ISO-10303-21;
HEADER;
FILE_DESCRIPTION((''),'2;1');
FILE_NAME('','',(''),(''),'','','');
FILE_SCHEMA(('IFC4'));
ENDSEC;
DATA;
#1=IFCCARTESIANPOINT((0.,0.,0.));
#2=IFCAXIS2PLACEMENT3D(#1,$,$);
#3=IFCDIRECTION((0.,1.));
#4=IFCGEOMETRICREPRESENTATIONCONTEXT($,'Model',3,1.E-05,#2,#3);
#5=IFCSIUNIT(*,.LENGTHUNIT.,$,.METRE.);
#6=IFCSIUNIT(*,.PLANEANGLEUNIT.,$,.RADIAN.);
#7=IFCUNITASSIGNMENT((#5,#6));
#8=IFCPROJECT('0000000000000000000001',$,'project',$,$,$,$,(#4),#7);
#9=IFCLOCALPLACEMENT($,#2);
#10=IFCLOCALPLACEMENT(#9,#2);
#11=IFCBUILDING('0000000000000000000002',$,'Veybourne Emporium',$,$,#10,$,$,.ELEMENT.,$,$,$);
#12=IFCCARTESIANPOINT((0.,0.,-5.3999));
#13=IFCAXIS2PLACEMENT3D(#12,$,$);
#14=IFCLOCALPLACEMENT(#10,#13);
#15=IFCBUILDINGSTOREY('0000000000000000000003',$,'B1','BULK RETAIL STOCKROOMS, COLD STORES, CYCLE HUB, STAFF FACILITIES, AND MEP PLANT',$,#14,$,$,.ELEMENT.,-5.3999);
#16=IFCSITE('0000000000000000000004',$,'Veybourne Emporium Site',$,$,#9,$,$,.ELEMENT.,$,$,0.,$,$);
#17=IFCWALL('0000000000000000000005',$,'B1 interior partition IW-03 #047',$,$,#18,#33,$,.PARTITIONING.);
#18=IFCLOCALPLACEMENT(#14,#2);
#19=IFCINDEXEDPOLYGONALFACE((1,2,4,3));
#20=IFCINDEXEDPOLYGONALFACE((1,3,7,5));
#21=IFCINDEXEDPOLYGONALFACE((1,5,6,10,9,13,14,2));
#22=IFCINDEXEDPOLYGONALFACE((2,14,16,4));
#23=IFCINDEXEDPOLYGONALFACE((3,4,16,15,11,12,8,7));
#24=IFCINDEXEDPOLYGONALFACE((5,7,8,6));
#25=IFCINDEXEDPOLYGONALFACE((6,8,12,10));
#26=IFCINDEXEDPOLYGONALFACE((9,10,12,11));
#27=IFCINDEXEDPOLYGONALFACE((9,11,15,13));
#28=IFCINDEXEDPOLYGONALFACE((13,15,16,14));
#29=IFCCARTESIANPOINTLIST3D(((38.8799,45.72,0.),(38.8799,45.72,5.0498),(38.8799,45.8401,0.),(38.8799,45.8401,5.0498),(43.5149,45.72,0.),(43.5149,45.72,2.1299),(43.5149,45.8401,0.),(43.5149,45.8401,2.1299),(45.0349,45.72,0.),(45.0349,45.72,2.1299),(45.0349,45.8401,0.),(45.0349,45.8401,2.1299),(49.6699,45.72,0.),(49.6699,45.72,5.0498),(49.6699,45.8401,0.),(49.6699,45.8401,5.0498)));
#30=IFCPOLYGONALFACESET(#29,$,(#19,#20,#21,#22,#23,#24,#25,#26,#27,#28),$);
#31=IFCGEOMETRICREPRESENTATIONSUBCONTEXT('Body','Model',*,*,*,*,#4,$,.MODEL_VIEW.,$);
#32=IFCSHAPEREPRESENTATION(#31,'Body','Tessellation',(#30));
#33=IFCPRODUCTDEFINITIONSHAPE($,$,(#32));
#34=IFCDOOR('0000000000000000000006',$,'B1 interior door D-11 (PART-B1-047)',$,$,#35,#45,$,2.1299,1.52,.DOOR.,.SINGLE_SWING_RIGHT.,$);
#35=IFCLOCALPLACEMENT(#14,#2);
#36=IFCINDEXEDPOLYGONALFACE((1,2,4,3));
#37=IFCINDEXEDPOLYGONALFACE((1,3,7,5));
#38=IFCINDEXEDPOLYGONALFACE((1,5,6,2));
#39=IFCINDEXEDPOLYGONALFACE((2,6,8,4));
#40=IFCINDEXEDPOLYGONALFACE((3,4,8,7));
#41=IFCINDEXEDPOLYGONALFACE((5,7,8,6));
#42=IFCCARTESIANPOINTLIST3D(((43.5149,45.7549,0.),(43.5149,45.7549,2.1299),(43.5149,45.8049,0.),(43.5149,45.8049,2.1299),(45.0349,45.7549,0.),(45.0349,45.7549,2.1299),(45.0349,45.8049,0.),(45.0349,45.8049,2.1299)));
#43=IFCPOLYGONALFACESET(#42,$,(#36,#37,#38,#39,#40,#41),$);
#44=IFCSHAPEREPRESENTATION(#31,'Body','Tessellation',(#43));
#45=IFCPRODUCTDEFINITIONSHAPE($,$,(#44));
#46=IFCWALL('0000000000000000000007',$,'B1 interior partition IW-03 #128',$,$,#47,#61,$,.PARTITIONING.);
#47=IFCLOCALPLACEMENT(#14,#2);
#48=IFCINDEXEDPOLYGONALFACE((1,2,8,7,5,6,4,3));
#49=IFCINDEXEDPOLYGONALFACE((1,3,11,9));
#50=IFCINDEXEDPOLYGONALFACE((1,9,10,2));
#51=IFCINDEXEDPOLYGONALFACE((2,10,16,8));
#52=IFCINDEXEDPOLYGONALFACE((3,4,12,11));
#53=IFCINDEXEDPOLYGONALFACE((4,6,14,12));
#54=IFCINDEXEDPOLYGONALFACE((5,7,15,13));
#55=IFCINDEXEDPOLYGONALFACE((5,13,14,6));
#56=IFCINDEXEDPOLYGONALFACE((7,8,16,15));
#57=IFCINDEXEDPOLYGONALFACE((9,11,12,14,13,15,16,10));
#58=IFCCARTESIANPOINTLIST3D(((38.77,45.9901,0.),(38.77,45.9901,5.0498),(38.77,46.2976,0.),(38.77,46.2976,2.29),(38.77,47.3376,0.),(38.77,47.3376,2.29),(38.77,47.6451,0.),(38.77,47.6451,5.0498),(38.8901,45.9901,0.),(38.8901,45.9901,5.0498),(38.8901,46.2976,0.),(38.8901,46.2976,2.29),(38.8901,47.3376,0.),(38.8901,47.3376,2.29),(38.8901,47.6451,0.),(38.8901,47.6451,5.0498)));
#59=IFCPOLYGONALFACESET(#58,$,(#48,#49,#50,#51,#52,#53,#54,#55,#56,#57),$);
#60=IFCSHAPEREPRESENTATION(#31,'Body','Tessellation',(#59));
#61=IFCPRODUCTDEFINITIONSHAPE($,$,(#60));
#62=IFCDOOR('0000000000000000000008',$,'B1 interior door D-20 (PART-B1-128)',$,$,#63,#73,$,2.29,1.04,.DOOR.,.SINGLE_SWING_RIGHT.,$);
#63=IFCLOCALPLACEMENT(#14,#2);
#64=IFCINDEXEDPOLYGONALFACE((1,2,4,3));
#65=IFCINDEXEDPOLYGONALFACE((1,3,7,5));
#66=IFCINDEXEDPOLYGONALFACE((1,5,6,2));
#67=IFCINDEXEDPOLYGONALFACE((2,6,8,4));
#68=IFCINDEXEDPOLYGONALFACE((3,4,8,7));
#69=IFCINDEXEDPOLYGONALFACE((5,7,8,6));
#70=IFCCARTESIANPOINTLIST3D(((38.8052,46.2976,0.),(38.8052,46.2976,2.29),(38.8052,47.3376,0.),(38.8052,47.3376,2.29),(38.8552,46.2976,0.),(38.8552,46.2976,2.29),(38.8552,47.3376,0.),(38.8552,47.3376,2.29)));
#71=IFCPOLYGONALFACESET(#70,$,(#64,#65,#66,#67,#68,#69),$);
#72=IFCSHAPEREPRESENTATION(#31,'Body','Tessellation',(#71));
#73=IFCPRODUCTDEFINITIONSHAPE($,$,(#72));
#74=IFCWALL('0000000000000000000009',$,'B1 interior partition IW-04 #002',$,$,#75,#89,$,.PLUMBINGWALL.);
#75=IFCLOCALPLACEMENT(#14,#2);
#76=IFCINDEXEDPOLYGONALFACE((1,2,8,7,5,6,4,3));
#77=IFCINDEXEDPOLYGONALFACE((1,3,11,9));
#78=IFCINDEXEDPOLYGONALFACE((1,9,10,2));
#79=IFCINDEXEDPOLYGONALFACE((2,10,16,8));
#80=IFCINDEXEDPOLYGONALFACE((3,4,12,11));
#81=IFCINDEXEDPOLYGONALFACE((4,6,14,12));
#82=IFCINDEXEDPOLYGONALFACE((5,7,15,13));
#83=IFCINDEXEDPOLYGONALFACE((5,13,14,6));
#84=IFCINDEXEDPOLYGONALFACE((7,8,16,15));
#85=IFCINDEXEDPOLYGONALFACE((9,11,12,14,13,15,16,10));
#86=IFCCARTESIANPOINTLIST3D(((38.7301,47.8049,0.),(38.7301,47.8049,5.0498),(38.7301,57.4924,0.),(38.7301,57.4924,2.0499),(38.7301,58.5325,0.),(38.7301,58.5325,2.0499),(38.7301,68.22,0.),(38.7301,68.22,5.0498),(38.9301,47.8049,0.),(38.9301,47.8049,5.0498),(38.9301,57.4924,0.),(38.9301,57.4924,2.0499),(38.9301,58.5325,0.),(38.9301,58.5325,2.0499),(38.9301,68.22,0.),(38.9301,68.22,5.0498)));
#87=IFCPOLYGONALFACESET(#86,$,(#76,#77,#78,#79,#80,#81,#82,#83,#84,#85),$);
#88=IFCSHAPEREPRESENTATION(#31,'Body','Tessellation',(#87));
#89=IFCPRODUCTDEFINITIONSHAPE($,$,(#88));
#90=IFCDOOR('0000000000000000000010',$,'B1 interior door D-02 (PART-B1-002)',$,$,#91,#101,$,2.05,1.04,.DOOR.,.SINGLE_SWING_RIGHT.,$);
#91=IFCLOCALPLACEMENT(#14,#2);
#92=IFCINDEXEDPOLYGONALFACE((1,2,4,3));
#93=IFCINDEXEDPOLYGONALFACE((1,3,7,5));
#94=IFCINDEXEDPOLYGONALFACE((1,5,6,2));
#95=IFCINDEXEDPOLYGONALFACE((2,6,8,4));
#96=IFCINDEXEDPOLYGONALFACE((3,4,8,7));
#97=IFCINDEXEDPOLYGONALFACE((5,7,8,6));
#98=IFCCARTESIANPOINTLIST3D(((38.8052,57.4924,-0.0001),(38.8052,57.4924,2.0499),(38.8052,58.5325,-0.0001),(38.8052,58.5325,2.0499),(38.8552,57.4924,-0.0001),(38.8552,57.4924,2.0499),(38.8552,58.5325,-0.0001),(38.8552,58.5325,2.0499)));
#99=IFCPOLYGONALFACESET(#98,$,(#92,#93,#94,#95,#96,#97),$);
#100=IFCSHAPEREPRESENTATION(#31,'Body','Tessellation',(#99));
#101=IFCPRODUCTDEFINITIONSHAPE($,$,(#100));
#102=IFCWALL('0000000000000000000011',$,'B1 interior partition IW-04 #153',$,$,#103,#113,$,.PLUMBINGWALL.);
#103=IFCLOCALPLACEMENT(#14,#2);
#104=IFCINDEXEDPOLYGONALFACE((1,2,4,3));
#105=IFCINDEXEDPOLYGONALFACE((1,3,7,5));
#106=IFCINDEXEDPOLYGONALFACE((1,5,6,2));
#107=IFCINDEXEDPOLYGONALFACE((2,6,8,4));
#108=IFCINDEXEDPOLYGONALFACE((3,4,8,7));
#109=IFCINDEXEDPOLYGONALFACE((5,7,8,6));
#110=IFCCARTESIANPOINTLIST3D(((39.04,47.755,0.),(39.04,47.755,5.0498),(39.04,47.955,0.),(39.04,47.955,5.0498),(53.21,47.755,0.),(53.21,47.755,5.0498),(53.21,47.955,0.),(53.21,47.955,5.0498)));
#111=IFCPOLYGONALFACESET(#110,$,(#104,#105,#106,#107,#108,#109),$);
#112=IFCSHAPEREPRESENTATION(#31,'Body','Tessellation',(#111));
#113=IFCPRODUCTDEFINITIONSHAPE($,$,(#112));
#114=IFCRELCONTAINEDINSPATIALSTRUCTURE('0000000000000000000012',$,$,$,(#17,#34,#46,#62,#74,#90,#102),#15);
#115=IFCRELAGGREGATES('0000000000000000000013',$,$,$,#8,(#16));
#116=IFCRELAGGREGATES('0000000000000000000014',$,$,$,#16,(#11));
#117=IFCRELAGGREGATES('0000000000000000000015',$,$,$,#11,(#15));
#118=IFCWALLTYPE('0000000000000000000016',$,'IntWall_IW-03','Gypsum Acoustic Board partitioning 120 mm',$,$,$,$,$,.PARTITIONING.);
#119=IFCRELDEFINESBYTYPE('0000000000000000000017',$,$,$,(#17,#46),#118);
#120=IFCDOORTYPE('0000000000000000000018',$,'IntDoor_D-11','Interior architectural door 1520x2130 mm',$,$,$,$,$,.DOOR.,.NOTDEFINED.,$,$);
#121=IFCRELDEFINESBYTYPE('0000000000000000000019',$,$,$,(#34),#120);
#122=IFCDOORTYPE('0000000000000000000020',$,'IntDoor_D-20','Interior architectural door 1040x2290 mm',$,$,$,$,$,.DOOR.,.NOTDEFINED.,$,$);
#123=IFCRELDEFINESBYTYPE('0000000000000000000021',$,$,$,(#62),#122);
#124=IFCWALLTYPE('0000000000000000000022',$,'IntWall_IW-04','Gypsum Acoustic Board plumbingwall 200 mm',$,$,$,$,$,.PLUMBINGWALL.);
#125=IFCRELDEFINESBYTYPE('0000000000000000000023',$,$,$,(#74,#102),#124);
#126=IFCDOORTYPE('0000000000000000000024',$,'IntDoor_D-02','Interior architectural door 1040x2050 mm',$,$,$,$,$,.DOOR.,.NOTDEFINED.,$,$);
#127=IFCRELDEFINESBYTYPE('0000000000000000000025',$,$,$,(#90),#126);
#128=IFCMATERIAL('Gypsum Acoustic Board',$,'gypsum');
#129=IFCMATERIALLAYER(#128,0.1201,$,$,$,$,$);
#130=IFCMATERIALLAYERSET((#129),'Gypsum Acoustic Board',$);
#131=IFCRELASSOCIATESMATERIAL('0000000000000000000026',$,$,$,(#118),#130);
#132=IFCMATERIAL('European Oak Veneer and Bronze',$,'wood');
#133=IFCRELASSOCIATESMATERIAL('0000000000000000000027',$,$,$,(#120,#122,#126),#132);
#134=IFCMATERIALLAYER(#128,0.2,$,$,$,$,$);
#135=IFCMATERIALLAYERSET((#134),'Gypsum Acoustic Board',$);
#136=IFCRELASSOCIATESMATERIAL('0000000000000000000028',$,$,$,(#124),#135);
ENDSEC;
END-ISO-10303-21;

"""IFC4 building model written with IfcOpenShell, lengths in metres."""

from ifc_helpers import new_model, si_unit, direction, frame, frame_2d, origin, place, context, subcontext, project, spatial, rectangle, extrude, material, layer, layer_set, type_object, element, fill, save


model = new_model("IFC4")

# Units and contexts
model_context = context("Model", 3, precision=1e-05, world=origin(), true_north=direction((0.0, 1.0)))
body_context = subcontext(model_context, "Body", "Model", "MODEL_VIEW")
ifc_project = project(units=[si_unit("LENGTHUNIT", "METRE"), si_unit("PLANEANGLEUNIT", "RADIAN")], contexts=[model_context])

# Site, building, storey
site_placement = place(None, origin())
site = spatial("IfcSite", under=ifc_project, at=site_placement, Name="Veybourne Emporium Site", CompositionType="ELEMENT", RefElevation=0.0)
building_placement = place(site_placement, origin())
building = spatial("IfcBuilding", under=site, at=building_placement, Name="Veybourne Emporium", CompositionType="ELEMENT")
storey_placement = place(building_placement, frame((0.0, 0.0, -5.3999)))
storey = spatial("IfcBuildingStorey", under=building, at=storey_placement, Name="B1", Description="BULK RETAIL STOCKROOMS, COLD STORES, CYCLE HUB, STAFF FACILITIES, AND MEP PLANT", CompositionType="ELEMENT", Elevation=-5.3999)

# Walls, openings, doors
ifc_material_1 = material(Name="Gypsum Acoustic Board", Category="gypsum")
ifc_material_2 = material(Name="European Oak Veneer and Bronze", Category="wood")
ifc_layer_1 = layer(ifc_material_1, 0.1201)
ifc_layer_set_1 = layer_set([ifc_layer_1], Name="Gypsum Acoustic Board")
wall_type_1 = type_object("IfcWallType", Name="IntWall_IW-03", Description="Gypsum Acoustic Board partitioning 120 mm", PredefinedType="PARTITIONING", material=ifc_layer_set_1)
wall_1_placement = place(storey_placement, frame((38.8799, 45.78, 0.0), z_axis=(0.0, 0.0, 1.0), x_axis=(1.0, 0.0, 0.0)))
wall_1 = element("IfcWall", 1, at=wall_1_placement, inside=storey, type_object=wall_type_1, Name="B1 interior partition IW-03 #047", PredefinedType="PARTITIONING", context=body_context, shape_type="SweptSolid", body=[
    extrude(rectangle(XDim=10.79, YDim=0.1201, at=frame_2d((5.395, 0.0))), origin(), (0.0, 0.0, 1.0), 5.0498),
])
opening_1_placement = place(wall_1_placement, frame((4.635, 0.0, 0.0)))
opening_1 = element("IfcOpeningElement", 2, at=opening_1_placement, cuts=wall_1, PredefinedType="OPENING", context=body_context, shape_type="SweptSolid", body=[
    extrude(rectangle(XDim=1.52, YDim=2.1299, at=frame_2d((0.76, 1.0649))), frame((0.0, 0.0801, 0.0), z_axis=(0.0, -1.0, 0.0), x_axis=(1.0, 0.0, 0.0)), (0.0, 0.0, 1.0), 0.1602),
])
door_type_1 = type_object("IfcDoorType", Name="IntDoor_D-11", Description="Interior architectural door 1520x2130 mm", OperationType="NOTDEFINED", PredefinedType="DOOR", material=ifc_material_2)
door_1_placement = place(opening_1_placement, origin())
door_1 = element("IfcDoor", 3, at=door_1_placement, inside=storey, type_object=door_type_1, Name="B1 interior door D-11 (PART-B1-047)", OperationType="SINGLE_SWING_RIGHT", OverallHeight=2.1299, OverallWidth=1.52, PredefinedType="DOOR", context=body_context, shape_type="SweptSolid", body=[
    extrude(rectangle(XDim=1.52, YDim=2.1299, at=frame_2d((0.76, 1.0649))), frame((0.0, 0.0249, 0.0), z_axis=(0.0, -1.0, 0.0), x_axis=(1.0, 0.0, 0.0)), (0.0, 0.0, 1.0), 0.05),
])
fill(opening_1, door_1)
wall_2_placement = place(storey_placement, frame((38.8301, 45.99, 0.0), z_axis=(0.0, 0.0, 1.0), x_axis=(0.0, 1.0, 0.0)))
wall_2 = element("IfcWall", 4, at=wall_2_placement, inside=storey, type_object=wall_type_1, Name="B1 interior partition IW-03 #128", PredefinedType="PARTITIONING", context=body_context, shape_type="SweptSolid", body=[
    extrude(rectangle(XDim=1.655, YDim=0.1201, at=frame_2d((0.8276, 0.0))), origin(), (0.0, 0.0, 1.0), 5.0498),
])
opening_2_placement = place(wall_2_placement, frame((0.3076, 0.0, 0.0)))
opening_2 = element("IfcOpeningElement", 5, at=opening_2_placement, cuts=wall_2, PredefinedType="OPENING", context=body_context, shape_type="SweptSolid", body=[
    extrude(rectangle(XDim=1.04, YDim=2.29, at=frame_2d((0.52, 1.145))), frame((0.0, 0.0801, 0.0), z_axis=(0.0, -1.0, 0.0), x_axis=(1.0, 0.0, 0.0)), (0.0, 0.0, 1.0), 0.1602),
])
door_type_2 = type_object("IfcDoorType", Name="IntDoor_D-20", Description="Interior architectural door 1040x2290 mm", OperationType="NOTDEFINED", PredefinedType="DOOR", material=ifc_material_2)
door_2_placement = place(opening_2_placement, origin())
door_2 = element("IfcDoor", 6, at=door_2_placement, inside=storey, type_object=door_type_2, Name="B1 interior door D-20 (PART-B1-128)", OperationType="SINGLE_SWING_RIGHT", OverallHeight=2.29, OverallWidth=1.04, PredefinedType="DOOR", context=body_context, shape_type="SweptSolid", body=[
    extrude(rectangle(XDim=1.04, YDim=2.29, at=frame_2d((0.52, 1.145))), frame((0.0, 0.0249, 0.0), z_axis=(0.0, -1.0, 0.0), x_axis=(1.0, 0.0, 0.0)), (0.0, 0.0, 1.0), 0.05),
])
fill(opening_2, door_2)
ifc_layer_2 = layer(ifc_material_1, 0.2)
ifc_layer_set_2 = layer_set([ifc_layer_2], Name="Gypsum Acoustic Board")
wall_type_2 = type_object("IfcWallType", Name="IntWall_IW-04", Description="Gypsum Acoustic Board plumbingwall 200 mm", PredefinedType="PLUMBINGWALL", material=ifc_layer_set_2)
wall_3_placement = place(storey_placement, frame((38.8301, 47.8049, 0.0), z_axis=(0.0, 0.0, 1.0), x_axis=(0.0, 1.0, 0.0)))
wall_3 = element("IfcWall", 7, at=wall_3_placement, inside=storey, type_object=wall_type_2, Name="B1 interior partition IW-04 #002", PredefinedType="PLUMBINGWALL", context=body_context, shape_type="SweptSolid", body=[
    extrude(rectangle(XDim=20.415, YDim=0.2, at=frame_2d((10.2075, 0.0))), origin(), (0.0, 0.0, 1.0), 5.0498),
])
opening_3_placement = place(wall_3_placement, frame((9.6875, 0.0, 0.0)))
opening_3 = element("IfcOpeningElement", 8, at=opening_3_placement, cuts=wall_3, PredefinedType="OPENING", context=body_context, shape_type="SweptSolid", body=[
    extrude(rectangle(XDim=1.04, YDim=2.05, at=frame_2d((0.52, 1.0249))), frame((0.0, 0.1201, 0.0), z_axis=(0.0, -1.0, 0.0), x_axis=(1.0, 0.0, 0.0)), (0.0, 0.0, 1.0), 0.24),
])
door_type_3 = type_object("IfcDoorType", Name="IntDoor_D-02", Description="Interior architectural door 1040x2050 mm", OperationType="NOTDEFINED", PredefinedType="DOOR", material=ifc_material_2)
door_3_placement = place(opening_3_placement, origin())
door_3 = element("IfcDoor", 9, at=door_3_placement, inside=storey, type_object=door_type_3, Name="B1 interior door D-02 (PART-B1-002)", OperationType="SINGLE_SWING_RIGHT", OverallHeight=2.05, OverallWidth=1.04, PredefinedType="DOOR", context=body_context, shape_type="SweptSolid", body=[
    extrude(rectangle(XDim=1.04, YDim=2.05, at=frame_2d((0.52, 1.0249))), frame((0.0, 0.0249, 0.0), z_axis=(0.0, -1.0, 0.0), x_axis=(1.0, 0.0, 0.0)), (0.0, 0.0, 1.0), 0.05),
])
fill(opening_3, door_3)

# Wall
wall_4_placement = place(storey_placement, frame((39.04, 47.855, 0.0), z_axis=(0.0, 0.0, 1.0), x_axis=(1.0, 0.0, 0.0)))
element("IfcWall", 10, at=wall_4_placement, inside=storey, type_object=wall_type_2, Name="B1 interior partition IW-04 #153", PredefinedType="PLUMBINGWALL", context=body_context, shape_type="SweptSolid", body=[
    extrude(rectangle(XDim=14.1699, YDim=0.2, at=frame_2d((7.085, 0.0))), origin(), (0.0, 0.0, 1.0), 5.0498),
])

save(model, "model.ifc")
